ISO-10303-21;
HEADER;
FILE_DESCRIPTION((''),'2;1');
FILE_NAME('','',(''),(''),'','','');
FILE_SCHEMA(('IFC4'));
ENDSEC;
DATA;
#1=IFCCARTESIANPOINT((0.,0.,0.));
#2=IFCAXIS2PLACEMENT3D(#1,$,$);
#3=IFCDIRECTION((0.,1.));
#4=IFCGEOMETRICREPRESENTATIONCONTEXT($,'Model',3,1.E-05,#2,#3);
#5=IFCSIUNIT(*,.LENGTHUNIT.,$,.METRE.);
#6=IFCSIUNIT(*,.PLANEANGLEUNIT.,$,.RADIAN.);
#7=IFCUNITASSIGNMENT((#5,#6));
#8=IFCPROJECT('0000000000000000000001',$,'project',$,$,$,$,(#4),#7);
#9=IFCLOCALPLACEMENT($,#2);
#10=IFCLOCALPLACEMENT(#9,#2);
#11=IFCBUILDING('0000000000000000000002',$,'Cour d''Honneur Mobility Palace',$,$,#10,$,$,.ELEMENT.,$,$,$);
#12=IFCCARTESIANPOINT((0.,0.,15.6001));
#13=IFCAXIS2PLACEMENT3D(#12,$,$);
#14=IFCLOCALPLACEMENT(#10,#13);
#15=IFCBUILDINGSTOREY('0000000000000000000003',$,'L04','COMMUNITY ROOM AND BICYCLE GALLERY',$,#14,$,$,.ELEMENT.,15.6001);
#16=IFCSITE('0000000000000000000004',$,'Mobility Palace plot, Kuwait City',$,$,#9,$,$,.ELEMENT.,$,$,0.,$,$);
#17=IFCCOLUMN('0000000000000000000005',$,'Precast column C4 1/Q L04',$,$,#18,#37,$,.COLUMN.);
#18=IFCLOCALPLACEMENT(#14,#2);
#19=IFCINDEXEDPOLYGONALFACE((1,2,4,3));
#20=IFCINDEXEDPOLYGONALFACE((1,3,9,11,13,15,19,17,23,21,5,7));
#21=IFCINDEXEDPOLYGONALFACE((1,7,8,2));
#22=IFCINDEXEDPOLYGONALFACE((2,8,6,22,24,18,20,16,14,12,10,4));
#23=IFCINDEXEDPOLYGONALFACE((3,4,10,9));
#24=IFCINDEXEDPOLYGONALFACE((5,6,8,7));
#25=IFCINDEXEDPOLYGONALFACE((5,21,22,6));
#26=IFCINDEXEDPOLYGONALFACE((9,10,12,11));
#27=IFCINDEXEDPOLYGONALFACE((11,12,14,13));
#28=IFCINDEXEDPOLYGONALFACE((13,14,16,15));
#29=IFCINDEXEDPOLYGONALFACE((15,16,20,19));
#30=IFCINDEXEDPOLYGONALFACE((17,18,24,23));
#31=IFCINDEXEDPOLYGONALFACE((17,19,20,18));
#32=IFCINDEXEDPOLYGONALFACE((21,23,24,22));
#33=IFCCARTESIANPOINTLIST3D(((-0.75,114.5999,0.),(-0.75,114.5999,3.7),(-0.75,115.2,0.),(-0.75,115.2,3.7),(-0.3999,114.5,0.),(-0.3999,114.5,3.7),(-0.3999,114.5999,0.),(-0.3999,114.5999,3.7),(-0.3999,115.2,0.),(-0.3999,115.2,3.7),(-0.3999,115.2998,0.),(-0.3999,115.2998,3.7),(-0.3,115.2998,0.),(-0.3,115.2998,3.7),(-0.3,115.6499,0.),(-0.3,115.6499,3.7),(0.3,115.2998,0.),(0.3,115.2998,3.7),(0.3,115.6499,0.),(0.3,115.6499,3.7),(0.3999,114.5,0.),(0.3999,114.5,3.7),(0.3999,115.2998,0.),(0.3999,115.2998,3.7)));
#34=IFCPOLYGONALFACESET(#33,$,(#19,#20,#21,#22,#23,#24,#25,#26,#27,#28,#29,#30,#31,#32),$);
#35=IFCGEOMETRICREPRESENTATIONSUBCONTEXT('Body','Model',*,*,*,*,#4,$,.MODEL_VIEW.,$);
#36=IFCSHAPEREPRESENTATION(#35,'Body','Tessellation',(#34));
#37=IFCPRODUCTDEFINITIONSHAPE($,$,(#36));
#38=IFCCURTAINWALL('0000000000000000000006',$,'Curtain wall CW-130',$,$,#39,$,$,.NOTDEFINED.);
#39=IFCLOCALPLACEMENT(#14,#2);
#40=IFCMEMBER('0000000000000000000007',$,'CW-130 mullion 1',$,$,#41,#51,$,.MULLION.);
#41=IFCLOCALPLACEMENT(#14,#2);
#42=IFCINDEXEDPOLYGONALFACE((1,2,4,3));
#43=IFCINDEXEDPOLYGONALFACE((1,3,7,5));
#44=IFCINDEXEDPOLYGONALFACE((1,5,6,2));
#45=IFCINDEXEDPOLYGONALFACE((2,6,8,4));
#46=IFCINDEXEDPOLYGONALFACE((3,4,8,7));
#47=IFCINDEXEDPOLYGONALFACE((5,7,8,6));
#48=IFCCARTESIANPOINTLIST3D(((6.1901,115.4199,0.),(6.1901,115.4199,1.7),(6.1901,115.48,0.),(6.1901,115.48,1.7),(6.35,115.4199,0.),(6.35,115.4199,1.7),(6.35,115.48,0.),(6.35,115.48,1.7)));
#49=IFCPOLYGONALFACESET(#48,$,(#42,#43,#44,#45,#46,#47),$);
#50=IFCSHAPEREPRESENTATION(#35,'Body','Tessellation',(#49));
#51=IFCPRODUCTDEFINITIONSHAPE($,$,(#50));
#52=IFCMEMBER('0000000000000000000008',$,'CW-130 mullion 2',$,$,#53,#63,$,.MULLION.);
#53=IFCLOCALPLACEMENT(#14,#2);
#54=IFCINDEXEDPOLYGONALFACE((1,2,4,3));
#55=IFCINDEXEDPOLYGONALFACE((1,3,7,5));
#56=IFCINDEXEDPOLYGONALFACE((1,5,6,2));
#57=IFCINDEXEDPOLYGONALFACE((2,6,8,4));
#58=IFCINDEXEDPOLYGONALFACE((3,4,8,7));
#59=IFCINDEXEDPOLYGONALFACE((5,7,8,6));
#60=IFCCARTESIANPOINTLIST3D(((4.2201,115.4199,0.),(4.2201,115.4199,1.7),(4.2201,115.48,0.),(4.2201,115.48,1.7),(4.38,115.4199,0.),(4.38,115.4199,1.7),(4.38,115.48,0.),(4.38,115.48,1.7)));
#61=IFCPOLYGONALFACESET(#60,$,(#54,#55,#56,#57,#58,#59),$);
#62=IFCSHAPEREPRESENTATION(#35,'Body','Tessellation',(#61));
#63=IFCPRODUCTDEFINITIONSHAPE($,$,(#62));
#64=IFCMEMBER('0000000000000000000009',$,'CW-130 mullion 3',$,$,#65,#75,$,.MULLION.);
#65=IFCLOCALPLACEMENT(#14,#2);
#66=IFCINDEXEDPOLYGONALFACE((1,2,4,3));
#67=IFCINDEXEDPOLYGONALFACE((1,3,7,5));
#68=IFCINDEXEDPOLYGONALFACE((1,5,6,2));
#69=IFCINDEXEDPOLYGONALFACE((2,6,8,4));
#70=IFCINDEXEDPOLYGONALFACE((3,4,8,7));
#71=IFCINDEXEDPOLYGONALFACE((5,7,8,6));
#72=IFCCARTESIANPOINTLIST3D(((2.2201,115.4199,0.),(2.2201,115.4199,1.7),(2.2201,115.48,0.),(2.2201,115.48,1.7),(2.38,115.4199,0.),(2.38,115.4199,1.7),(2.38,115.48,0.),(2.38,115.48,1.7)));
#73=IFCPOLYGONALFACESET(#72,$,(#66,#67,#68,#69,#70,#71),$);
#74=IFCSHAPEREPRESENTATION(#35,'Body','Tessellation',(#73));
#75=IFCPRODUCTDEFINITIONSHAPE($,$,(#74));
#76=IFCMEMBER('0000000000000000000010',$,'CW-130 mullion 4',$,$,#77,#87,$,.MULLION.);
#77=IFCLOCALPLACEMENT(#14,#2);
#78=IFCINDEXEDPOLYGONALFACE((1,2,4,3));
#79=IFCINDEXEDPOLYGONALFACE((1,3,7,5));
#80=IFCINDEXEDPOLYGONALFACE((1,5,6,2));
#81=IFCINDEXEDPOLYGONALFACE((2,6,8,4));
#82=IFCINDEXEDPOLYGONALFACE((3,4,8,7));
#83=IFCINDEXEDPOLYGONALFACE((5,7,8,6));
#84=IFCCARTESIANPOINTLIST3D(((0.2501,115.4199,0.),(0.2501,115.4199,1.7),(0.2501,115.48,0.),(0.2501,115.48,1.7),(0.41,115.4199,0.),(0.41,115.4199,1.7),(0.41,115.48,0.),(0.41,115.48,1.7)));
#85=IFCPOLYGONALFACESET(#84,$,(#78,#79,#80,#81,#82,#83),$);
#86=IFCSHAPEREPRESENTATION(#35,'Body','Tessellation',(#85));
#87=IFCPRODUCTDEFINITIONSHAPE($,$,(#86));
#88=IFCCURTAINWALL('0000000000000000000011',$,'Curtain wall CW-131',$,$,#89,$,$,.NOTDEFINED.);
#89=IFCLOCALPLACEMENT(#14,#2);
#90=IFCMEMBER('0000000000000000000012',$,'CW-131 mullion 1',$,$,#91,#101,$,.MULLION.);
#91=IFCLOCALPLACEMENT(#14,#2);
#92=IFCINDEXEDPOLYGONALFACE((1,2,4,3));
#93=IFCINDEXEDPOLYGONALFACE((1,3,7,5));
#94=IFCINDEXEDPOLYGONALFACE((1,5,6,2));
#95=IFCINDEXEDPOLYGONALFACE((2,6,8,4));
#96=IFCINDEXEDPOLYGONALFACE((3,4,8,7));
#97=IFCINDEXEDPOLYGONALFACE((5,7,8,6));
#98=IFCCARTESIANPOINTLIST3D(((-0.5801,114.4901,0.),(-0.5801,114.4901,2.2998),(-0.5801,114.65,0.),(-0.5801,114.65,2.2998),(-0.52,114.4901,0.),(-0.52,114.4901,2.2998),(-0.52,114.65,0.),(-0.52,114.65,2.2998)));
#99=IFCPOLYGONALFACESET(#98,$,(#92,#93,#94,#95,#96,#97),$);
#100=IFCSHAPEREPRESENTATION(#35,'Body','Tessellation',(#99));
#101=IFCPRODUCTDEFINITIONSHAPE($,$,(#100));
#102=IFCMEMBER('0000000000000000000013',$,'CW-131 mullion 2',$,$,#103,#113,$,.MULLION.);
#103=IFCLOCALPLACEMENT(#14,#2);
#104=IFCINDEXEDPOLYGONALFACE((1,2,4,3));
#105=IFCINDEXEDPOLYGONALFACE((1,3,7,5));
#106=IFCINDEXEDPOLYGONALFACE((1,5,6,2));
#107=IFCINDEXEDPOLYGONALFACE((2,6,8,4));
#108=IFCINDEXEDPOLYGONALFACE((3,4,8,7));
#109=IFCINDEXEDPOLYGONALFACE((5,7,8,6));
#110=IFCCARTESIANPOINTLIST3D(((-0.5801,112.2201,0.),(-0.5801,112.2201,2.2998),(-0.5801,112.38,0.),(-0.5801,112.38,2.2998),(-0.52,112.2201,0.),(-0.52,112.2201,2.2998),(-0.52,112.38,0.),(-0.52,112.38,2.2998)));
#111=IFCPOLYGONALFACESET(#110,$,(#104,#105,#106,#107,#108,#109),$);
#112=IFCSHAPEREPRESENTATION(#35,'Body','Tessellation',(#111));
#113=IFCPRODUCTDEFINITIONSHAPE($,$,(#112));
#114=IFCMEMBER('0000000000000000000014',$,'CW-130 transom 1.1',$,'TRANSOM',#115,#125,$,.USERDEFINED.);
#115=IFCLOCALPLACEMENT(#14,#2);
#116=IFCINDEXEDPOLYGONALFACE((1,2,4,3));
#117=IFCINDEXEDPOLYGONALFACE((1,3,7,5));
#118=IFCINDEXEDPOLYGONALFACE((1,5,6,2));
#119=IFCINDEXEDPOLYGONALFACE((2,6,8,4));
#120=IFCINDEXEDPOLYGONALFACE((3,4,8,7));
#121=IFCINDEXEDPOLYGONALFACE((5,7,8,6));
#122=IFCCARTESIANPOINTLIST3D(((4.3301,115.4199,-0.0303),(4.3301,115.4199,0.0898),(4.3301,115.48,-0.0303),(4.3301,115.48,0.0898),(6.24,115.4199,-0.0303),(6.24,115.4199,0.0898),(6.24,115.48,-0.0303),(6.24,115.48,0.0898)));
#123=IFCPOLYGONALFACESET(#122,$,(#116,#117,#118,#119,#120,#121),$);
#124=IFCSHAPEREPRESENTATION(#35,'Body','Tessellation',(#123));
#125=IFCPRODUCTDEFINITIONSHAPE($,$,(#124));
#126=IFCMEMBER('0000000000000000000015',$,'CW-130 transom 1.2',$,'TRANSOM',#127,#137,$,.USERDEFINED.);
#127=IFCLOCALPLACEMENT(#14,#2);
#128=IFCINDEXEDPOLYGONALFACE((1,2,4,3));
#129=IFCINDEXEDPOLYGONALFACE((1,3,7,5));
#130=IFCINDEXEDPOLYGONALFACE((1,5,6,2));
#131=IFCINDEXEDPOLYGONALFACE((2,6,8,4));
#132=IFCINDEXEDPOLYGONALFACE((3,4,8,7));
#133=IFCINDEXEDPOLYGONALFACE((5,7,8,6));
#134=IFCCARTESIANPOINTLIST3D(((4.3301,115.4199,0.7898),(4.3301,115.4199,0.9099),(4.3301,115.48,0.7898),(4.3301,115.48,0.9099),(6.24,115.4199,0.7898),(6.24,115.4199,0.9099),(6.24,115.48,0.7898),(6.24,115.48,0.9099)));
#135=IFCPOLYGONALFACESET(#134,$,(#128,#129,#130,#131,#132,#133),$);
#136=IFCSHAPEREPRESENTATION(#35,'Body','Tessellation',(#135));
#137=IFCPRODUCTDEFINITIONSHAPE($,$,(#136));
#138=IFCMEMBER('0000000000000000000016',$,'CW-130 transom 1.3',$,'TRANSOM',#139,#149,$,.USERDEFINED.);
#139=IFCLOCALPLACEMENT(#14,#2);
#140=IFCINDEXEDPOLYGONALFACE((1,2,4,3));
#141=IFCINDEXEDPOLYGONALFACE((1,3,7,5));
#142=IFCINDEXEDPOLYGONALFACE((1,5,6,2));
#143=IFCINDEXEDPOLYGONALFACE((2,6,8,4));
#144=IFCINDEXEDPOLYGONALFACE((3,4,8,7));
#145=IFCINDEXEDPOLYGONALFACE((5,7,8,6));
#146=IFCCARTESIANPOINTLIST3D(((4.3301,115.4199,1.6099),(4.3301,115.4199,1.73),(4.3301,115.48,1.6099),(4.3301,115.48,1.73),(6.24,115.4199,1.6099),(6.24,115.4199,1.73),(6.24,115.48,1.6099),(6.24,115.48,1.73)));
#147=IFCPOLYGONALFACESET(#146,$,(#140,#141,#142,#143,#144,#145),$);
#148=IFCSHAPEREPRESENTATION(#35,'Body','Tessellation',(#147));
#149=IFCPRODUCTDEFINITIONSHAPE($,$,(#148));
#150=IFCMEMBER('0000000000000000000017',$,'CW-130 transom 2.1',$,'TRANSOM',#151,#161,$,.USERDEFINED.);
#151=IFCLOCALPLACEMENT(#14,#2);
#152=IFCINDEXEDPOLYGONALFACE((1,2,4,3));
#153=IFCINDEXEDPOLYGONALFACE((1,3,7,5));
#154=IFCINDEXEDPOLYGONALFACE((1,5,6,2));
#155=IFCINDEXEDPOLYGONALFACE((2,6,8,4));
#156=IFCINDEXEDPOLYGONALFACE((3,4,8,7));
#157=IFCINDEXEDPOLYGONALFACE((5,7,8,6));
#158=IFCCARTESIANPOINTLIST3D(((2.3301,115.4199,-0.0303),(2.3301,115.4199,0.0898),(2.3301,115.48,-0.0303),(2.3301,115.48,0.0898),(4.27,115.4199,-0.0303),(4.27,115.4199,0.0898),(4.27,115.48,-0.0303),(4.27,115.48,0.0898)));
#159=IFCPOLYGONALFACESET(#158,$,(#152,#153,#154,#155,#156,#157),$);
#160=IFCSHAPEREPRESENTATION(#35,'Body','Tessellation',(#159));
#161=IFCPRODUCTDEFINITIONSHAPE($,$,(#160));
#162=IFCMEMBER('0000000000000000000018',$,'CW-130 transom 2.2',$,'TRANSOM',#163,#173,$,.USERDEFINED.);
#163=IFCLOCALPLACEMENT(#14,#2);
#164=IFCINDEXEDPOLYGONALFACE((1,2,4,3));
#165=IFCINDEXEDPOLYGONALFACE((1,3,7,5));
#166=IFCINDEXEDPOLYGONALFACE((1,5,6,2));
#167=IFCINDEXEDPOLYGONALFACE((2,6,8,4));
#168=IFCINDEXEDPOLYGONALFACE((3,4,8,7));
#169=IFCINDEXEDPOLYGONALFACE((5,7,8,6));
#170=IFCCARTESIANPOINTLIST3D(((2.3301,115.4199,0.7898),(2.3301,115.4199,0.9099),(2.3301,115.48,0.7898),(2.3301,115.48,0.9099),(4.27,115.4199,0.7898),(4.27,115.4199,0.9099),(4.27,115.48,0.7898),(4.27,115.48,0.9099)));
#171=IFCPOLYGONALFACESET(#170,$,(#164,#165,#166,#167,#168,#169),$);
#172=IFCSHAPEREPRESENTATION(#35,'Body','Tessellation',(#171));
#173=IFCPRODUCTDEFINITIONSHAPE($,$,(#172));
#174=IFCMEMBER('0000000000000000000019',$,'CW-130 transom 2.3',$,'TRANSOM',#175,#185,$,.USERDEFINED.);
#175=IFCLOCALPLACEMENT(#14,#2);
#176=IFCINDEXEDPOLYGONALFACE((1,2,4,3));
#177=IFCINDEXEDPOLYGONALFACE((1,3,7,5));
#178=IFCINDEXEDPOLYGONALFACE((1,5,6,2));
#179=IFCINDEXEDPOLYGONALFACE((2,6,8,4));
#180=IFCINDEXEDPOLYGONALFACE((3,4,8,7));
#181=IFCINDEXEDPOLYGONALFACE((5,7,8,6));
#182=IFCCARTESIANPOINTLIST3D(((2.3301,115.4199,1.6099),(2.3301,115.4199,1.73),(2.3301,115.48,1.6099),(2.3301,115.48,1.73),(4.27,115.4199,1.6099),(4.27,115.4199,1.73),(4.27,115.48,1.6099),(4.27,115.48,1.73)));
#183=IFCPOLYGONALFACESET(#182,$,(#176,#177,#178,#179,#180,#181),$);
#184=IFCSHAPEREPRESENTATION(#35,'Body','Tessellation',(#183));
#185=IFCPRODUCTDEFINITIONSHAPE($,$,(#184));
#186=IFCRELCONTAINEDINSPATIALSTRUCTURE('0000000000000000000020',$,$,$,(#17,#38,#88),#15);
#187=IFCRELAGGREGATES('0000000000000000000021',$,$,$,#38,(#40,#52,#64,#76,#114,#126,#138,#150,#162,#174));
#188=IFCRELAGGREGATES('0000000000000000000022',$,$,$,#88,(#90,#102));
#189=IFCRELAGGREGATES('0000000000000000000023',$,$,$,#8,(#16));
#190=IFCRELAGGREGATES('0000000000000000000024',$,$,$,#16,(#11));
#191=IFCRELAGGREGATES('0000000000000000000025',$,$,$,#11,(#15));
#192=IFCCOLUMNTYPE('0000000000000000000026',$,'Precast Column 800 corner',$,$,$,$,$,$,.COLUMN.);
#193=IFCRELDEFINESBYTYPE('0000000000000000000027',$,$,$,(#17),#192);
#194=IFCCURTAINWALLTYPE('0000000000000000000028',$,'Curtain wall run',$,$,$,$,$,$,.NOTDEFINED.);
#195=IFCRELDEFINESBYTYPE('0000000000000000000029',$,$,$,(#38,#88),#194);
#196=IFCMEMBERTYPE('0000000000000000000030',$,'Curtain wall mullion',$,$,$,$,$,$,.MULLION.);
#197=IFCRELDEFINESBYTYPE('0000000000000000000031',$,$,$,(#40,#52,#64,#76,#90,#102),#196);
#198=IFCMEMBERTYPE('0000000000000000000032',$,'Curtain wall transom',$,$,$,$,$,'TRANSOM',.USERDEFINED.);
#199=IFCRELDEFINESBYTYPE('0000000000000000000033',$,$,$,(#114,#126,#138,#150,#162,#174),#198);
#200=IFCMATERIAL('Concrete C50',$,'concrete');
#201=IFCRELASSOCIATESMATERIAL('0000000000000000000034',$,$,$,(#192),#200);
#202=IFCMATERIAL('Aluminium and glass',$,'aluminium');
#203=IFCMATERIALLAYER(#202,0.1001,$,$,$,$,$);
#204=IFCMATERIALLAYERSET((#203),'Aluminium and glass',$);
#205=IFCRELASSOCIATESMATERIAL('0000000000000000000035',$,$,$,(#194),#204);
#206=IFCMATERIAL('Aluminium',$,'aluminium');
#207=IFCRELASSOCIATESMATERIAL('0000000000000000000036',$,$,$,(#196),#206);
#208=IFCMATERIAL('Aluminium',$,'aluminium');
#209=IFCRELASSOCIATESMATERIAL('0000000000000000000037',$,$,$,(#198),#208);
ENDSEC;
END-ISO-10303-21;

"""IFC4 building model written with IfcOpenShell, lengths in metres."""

from ifc_helpers import new_model, si_unit, direction, frame, origin, origin_2d, place, context, subcontext, project, spatial, polyline, rectangle, outline, extrude, material, layer, layer_set, material_profile, profile_set, type_object, element, aggregate, save


model = new_model("IFC4")

# Units and contexts
model_context = context("Model", 3, precision=1e-05, world=origin(), true_north=direction((0.0, 1.0)))
body_context = subcontext(model_context, "Body", "Model", "MODEL_VIEW")
ifc_project = project(units=[si_unit("LENGTHUNIT", "METRE"), si_unit("PLANEANGLEUNIT", "RADIAN")], contexts=[model_context])

# Site, building, storey
site_placement = place(None, origin())
site = spatial("IfcSite", under=ifc_project, at=site_placement, Name="Mobility Palace plot, Kuwait City", CompositionType="ELEMENT", RefElevation=0.0)
building_placement = place(site_placement, origin())
building = spatial("IfcBuilding", under=site, at=building_placement, Name="Cour d'Honneur Mobility Palace", CompositionType="ELEMENT")
storey_placement = place(building_placement, frame((0.0, 0.0, 15.6001)))
storey = spatial("IfcBuildingStorey", under=building, at=storey_placement, Name="L04", Description="COMMUNITY ROOM AND BICYCLE GALLERY", CompositionType="ELEMENT", Elevation=15.6001)

# Column
ifc_material_1 = material(Name="Concrete C50", Category="concrete")
ifc_material_profile_1 = material_profile(ifc_material_1, outline(polyline([(-0.3999, -0.3999), (0.3999, -0.3999), (0.3999, -0.3), (0.75, -0.3), (0.75, 0.3), (0.3999, 0.3), (0.3999, 0.3999), (0.3, 0.3999), (0.3, 0.75), (-0.3, 0.75), (-0.3, 0.3999), (-0.3999, 0.3999), (-0.3999, -0.3999)])), Name="PC C800 corner")
ifc_profile_set_1 = profile_set([ifc_material_profile_1], Name="Concrete C50")
column_type = type_object("IfcColumnType", Name="Precast Column 800 corner", PredefinedType="COLUMN", material=ifc_profile_set_1)
column_placement = place(storey_placement, frame((0.0, 114.8999, 0.0), z_axis=(0.0, 0.0, 1.0), x_axis=(0.0, 1.0, 0.0)))
element("IfcColumn", 1, at=column_placement, inside=storey, type_object=column_type, Name="Precast column C4 1/Q L04", PredefinedType="COLUMN", context=body_context, shape_type="SweptSolid", body=[
    extrude(outline(polyline([(-0.3999, -0.3999), (0.3999, -0.3999), (0.3999, -0.3), (0.75, -0.3), (0.75, 0.3), (0.3999, 0.3), (0.3999, 0.3999), (0.3, 0.3999), (0.3, 0.75), (-0.3, 0.75), (-0.3, 0.3999), (-0.3999, 0.3999), (-0.3999, -0.3999)])), origin(), (0.0, 0.0, 1.0), 3.7),
])

# Curtain walls, members
ifc_material_2 = material(Name="Aluminium and glass", Category="aluminium")
ifc_layer_1 = layer(ifc_material_2, 0.1001)
ifc_layer_set_1 = layer_set([ifc_layer_1], Name="Aluminium and glass")
curtain_wall_type = type_object("IfcCurtainWallType", Name="Curtain wall run", PredefinedType="NOTDEFINED", material=ifc_layer_set_1)
curtain_wall_1_placement = place(storey_placement, origin())
curtain_wall_1 = element("IfcCurtainWall", 2, at=curtain_wall_1_placement, inside=storey, type_object=curtain_wall_type, Name="Curtain wall CW-130", PredefinedType="NOTDEFINED")
ifc_material_3 = material(Name="Aluminium", Category="aluminium")
ifc_material_profile_2 = material_profile(ifc_material_3, rectangle(XDim=0.0601, YDim=0.1599, at=origin_2d()), Name="Curtain wall mullion")
ifc_profile_set_2 = profile_set([ifc_material_profile_2], Name="Aluminium")
member_type_1 = type_object("IfcMemberType", Name="Curtain wall mullion", PredefinedType="MULLION", material=ifc_profile_set_2)
member_1_placement = place(storey_placement, frame((6.27, 115.45, 0.0), z_axis=(0.0, 0.0, 1.0), x_axis=(0.0, -1.0, 0.0)))
member_1 = element("IfcMember", 3, at=member_1_placement, type_object=member_type_1, Name="CW-130 mullion 1", PredefinedType="MULLION", context=body_context, shape_type="SweptSolid", body=[
    extrude(rectangle(XDim=0.0601, YDim=0.1599, at=origin_2d()), origin(), (0.0, 0.0, 1.0), 1.7),
])
member_2_placement = place(storey_placement, frame((4.3, 115.45, 0.0), z_axis=(0.0, 0.0, 1.0), x_axis=(0.0, -1.0, 0.0)))
member_2 = element("IfcMember", 4, at=member_2_placement, type_object=member_type_1, Name="CW-130 mullion 2", PredefinedType="MULLION", context=body_context, shape_type="SweptSolid", body=[
    extrude(rectangle(XDim=0.0601, YDim=0.1599, at=origin_2d()), origin(), (0.0, 0.0, 1.0), 1.7),
])
member_3_placement = place(storey_placement, frame((2.3, 115.45, 0.0), z_axis=(0.0, 0.0, 1.0), x_axis=(0.0, -1.0, 0.0)))
member_3 = element("IfcMember", 5, at=member_3_placement, type_object=member_type_1, Name="CW-130 mullion 3", PredefinedType="MULLION", context=body_context, shape_type="SweptSolid", body=[
    extrude(rectangle(XDim=0.0601, YDim=0.1599, at=origin_2d()), origin(), (0.0, 0.0, 1.0), 1.7),
])
member_4_placement = place(storey_placement, frame((0.3301, 115.45, 0.0), z_axis=(0.0, 0.0, 1.0), x_axis=(0.0, -1.0, 0.0)))
member_4 = element("IfcMember", 6, at=member_4_placement, type_object=member_type_1, Name="CW-130 mullion 4", PredefinedType="MULLION", context=body_context, shape_type="SweptSolid", body=[
    extrude(rectangle(XDim=0.0601, YDim=0.1599, at=origin_2d()), origin(), (0.0, 0.0, 1.0), 1.7),
])
curtain_wall_2_placement = place(storey_placement, origin())
curtain_wall_2 = element("IfcCurtainWall", 7, at=curtain_wall_2_placement, inside=storey, type_object=curtain_wall_type, Name="Curtain wall CW-131", PredefinedType="NOTDEFINED")
member_5_placement = place(storey_placement, frame((-0.55, 114.5701, 0.0), z_axis=(0.0, 0.0, 1.0), x_axis=(1.0, 0.0, 0.0)))
member_5 = element("IfcMember", 8, at=member_5_placement, type_object=member_type_1, Name="CW-131 mullion 1", PredefinedType="MULLION", context=body_context, shape_type="SweptSolid", body=[
    extrude(rectangle(XDim=0.0601, YDim=0.1599, at=origin_2d()), origin(), (0.0, 0.0, 1.0), 2.2998),
])
member_6_placement = place(storey_placement, frame((-0.55, 112.3, 0.0), z_axis=(0.0, 0.0, 1.0), x_axis=(1.0, 0.0, 0.0)))
member_6 = element("IfcMember", 9, at=member_6_placement, type_object=member_type_1, Name="CW-131 mullion 2", PredefinedType="MULLION", context=body_context, shape_type="SweptSolid", body=[
    extrude(rectangle(XDim=0.0601, YDim=0.1599, at=origin_2d()), origin(), (0.0, 0.0, 1.0), 2.2998),
])

# Members
ifc_material_4 = material(Name="Aluminium", Category="aluminium")
ifc_material_profile_3 = material_profile(ifc_material_4, rectangle(XDim=0.0601, YDim=0.1201, at=origin_2d()), Name="Curtain wall transom")
ifc_profile_set_3 = profile_set([ifc_material_profile_3], Name="Aluminium")
member_type_2 = type_object("IfcMemberType", Name="Curtain wall transom", ElementType="TRANSOM", PredefinedType="USERDEFINED", material=ifc_profile_set_3)
member_7_placement = place(storey_placement, frame((6.24, 115.45, 0.0298), z_axis=(-1.0, 0.0, 0.0), x_axis=(0.0, -1.0, 0.0)))
member_7 = element("IfcMember", 10, at=member_7_placement, type_object=member_type_2, Name="CW-130 transom 1.1", ObjectType="TRANSOM", PredefinedType="USERDEFINED", context=body_context, shape_type="SweptSolid", body=[
    extrude(rectangle(XDim=0.0601, YDim=0.1201, at=origin_2d()), origin(), (0.0, 0.0, 1.0), 1.9099),
])
member_8_placement = place(storey_placement, frame((6.24, 115.45, 0.8499), z_axis=(-1.0, 0.0, 0.0), x_axis=(0.0, -1.0, 0.0)))
member_8 = element("IfcMember", 11, at=member_8_placement, type_object=member_type_2, Name="CW-130 transom 1.2", ObjectType="TRANSOM", PredefinedType="USERDEFINED", context=body_context, shape_type="SweptSolid", body=[
    extrude(rectangle(XDim=0.0601, YDim=0.1201, at=origin_2d()), origin(), (0.0, 0.0, 1.0), 1.9099),
])
member_9_placement = place(storey_placement, frame((6.24, 115.45, 1.6699), z_axis=(-1.0, 0.0, 0.0), x_axis=(0.0, -1.0, 0.0)))
member_9 = element("IfcMember", 12, at=member_9_placement, type_object=member_type_2, Name="CW-130 transom 1.3", ObjectType="TRANSOM", PredefinedType="USERDEFINED", context=body_context, shape_type="SweptSolid", body=[
    extrude(rectangle(XDim=0.0601, YDim=0.1201, at=origin_2d()), origin(), (0.0, 0.0, 1.0), 1.9099),
])
member_10_placement = place(storey_placement, frame((4.27, 115.45, 0.0298), z_axis=(-1.0, 0.0, 0.0), x_axis=(0.0, -1.0, 0.0)))
member_10 = element("IfcMember", 13, at=member_10_placement, type_object=member_type_2, Name="CW-130 transom 2.1", ObjectType="TRANSOM", PredefinedType="USERDEFINED", context=body_context, shape_type="SweptSolid", body=[
    extrude(rectangle(XDim=0.0601, YDim=0.1201, at=origin_2d()), origin(), (0.0, 0.0, 1.0), 1.9399),
])
member_11_placement = place(storey_placement, frame((4.27, 115.45, 0.8499), z_axis=(-1.0, 0.0, 0.0), x_axis=(0.0, -1.0, 0.0)))
member_11 = element("IfcMember", 14, at=member_11_placement, type_object=member_type_2, Name="CW-130 transom 2.2", ObjectType="TRANSOM", PredefinedType="USERDEFINED", context=body_context, shape_type="SweptSolid", body=[
    extrude(rectangle(XDim=0.0601, YDim=0.1201, at=origin_2d()), origin(), (0.0, 0.0, 1.0), 1.9399),
])
member_12_placement = place(storey_placement, frame((4.27, 115.45, 1.6699), z_axis=(-1.0, 0.0, 0.0), x_axis=(0.0, -1.0, 0.0)))
member_12 = element("IfcMember", 15, at=member_12_placement, type_object=member_type_2, Name="CW-130 transom 2.3", ObjectType="TRANSOM", PredefinedType="USERDEFINED", context=body_context, shape_type="SweptSolid", body=[
    extrude(rectangle(XDim=0.0601, YDim=0.1201, at=origin_2d()), origin(), (0.0, 0.0, 1.0), 1.9399),
])

aggregate(curtain_wall_1, [member_1, member_2, member_3, member_4, member_7, member_8, member_9, member_10, member_11, member_12])
aggregate(curtain_wall_2, [member_5, member_6])

save(model, "model.ifc")
